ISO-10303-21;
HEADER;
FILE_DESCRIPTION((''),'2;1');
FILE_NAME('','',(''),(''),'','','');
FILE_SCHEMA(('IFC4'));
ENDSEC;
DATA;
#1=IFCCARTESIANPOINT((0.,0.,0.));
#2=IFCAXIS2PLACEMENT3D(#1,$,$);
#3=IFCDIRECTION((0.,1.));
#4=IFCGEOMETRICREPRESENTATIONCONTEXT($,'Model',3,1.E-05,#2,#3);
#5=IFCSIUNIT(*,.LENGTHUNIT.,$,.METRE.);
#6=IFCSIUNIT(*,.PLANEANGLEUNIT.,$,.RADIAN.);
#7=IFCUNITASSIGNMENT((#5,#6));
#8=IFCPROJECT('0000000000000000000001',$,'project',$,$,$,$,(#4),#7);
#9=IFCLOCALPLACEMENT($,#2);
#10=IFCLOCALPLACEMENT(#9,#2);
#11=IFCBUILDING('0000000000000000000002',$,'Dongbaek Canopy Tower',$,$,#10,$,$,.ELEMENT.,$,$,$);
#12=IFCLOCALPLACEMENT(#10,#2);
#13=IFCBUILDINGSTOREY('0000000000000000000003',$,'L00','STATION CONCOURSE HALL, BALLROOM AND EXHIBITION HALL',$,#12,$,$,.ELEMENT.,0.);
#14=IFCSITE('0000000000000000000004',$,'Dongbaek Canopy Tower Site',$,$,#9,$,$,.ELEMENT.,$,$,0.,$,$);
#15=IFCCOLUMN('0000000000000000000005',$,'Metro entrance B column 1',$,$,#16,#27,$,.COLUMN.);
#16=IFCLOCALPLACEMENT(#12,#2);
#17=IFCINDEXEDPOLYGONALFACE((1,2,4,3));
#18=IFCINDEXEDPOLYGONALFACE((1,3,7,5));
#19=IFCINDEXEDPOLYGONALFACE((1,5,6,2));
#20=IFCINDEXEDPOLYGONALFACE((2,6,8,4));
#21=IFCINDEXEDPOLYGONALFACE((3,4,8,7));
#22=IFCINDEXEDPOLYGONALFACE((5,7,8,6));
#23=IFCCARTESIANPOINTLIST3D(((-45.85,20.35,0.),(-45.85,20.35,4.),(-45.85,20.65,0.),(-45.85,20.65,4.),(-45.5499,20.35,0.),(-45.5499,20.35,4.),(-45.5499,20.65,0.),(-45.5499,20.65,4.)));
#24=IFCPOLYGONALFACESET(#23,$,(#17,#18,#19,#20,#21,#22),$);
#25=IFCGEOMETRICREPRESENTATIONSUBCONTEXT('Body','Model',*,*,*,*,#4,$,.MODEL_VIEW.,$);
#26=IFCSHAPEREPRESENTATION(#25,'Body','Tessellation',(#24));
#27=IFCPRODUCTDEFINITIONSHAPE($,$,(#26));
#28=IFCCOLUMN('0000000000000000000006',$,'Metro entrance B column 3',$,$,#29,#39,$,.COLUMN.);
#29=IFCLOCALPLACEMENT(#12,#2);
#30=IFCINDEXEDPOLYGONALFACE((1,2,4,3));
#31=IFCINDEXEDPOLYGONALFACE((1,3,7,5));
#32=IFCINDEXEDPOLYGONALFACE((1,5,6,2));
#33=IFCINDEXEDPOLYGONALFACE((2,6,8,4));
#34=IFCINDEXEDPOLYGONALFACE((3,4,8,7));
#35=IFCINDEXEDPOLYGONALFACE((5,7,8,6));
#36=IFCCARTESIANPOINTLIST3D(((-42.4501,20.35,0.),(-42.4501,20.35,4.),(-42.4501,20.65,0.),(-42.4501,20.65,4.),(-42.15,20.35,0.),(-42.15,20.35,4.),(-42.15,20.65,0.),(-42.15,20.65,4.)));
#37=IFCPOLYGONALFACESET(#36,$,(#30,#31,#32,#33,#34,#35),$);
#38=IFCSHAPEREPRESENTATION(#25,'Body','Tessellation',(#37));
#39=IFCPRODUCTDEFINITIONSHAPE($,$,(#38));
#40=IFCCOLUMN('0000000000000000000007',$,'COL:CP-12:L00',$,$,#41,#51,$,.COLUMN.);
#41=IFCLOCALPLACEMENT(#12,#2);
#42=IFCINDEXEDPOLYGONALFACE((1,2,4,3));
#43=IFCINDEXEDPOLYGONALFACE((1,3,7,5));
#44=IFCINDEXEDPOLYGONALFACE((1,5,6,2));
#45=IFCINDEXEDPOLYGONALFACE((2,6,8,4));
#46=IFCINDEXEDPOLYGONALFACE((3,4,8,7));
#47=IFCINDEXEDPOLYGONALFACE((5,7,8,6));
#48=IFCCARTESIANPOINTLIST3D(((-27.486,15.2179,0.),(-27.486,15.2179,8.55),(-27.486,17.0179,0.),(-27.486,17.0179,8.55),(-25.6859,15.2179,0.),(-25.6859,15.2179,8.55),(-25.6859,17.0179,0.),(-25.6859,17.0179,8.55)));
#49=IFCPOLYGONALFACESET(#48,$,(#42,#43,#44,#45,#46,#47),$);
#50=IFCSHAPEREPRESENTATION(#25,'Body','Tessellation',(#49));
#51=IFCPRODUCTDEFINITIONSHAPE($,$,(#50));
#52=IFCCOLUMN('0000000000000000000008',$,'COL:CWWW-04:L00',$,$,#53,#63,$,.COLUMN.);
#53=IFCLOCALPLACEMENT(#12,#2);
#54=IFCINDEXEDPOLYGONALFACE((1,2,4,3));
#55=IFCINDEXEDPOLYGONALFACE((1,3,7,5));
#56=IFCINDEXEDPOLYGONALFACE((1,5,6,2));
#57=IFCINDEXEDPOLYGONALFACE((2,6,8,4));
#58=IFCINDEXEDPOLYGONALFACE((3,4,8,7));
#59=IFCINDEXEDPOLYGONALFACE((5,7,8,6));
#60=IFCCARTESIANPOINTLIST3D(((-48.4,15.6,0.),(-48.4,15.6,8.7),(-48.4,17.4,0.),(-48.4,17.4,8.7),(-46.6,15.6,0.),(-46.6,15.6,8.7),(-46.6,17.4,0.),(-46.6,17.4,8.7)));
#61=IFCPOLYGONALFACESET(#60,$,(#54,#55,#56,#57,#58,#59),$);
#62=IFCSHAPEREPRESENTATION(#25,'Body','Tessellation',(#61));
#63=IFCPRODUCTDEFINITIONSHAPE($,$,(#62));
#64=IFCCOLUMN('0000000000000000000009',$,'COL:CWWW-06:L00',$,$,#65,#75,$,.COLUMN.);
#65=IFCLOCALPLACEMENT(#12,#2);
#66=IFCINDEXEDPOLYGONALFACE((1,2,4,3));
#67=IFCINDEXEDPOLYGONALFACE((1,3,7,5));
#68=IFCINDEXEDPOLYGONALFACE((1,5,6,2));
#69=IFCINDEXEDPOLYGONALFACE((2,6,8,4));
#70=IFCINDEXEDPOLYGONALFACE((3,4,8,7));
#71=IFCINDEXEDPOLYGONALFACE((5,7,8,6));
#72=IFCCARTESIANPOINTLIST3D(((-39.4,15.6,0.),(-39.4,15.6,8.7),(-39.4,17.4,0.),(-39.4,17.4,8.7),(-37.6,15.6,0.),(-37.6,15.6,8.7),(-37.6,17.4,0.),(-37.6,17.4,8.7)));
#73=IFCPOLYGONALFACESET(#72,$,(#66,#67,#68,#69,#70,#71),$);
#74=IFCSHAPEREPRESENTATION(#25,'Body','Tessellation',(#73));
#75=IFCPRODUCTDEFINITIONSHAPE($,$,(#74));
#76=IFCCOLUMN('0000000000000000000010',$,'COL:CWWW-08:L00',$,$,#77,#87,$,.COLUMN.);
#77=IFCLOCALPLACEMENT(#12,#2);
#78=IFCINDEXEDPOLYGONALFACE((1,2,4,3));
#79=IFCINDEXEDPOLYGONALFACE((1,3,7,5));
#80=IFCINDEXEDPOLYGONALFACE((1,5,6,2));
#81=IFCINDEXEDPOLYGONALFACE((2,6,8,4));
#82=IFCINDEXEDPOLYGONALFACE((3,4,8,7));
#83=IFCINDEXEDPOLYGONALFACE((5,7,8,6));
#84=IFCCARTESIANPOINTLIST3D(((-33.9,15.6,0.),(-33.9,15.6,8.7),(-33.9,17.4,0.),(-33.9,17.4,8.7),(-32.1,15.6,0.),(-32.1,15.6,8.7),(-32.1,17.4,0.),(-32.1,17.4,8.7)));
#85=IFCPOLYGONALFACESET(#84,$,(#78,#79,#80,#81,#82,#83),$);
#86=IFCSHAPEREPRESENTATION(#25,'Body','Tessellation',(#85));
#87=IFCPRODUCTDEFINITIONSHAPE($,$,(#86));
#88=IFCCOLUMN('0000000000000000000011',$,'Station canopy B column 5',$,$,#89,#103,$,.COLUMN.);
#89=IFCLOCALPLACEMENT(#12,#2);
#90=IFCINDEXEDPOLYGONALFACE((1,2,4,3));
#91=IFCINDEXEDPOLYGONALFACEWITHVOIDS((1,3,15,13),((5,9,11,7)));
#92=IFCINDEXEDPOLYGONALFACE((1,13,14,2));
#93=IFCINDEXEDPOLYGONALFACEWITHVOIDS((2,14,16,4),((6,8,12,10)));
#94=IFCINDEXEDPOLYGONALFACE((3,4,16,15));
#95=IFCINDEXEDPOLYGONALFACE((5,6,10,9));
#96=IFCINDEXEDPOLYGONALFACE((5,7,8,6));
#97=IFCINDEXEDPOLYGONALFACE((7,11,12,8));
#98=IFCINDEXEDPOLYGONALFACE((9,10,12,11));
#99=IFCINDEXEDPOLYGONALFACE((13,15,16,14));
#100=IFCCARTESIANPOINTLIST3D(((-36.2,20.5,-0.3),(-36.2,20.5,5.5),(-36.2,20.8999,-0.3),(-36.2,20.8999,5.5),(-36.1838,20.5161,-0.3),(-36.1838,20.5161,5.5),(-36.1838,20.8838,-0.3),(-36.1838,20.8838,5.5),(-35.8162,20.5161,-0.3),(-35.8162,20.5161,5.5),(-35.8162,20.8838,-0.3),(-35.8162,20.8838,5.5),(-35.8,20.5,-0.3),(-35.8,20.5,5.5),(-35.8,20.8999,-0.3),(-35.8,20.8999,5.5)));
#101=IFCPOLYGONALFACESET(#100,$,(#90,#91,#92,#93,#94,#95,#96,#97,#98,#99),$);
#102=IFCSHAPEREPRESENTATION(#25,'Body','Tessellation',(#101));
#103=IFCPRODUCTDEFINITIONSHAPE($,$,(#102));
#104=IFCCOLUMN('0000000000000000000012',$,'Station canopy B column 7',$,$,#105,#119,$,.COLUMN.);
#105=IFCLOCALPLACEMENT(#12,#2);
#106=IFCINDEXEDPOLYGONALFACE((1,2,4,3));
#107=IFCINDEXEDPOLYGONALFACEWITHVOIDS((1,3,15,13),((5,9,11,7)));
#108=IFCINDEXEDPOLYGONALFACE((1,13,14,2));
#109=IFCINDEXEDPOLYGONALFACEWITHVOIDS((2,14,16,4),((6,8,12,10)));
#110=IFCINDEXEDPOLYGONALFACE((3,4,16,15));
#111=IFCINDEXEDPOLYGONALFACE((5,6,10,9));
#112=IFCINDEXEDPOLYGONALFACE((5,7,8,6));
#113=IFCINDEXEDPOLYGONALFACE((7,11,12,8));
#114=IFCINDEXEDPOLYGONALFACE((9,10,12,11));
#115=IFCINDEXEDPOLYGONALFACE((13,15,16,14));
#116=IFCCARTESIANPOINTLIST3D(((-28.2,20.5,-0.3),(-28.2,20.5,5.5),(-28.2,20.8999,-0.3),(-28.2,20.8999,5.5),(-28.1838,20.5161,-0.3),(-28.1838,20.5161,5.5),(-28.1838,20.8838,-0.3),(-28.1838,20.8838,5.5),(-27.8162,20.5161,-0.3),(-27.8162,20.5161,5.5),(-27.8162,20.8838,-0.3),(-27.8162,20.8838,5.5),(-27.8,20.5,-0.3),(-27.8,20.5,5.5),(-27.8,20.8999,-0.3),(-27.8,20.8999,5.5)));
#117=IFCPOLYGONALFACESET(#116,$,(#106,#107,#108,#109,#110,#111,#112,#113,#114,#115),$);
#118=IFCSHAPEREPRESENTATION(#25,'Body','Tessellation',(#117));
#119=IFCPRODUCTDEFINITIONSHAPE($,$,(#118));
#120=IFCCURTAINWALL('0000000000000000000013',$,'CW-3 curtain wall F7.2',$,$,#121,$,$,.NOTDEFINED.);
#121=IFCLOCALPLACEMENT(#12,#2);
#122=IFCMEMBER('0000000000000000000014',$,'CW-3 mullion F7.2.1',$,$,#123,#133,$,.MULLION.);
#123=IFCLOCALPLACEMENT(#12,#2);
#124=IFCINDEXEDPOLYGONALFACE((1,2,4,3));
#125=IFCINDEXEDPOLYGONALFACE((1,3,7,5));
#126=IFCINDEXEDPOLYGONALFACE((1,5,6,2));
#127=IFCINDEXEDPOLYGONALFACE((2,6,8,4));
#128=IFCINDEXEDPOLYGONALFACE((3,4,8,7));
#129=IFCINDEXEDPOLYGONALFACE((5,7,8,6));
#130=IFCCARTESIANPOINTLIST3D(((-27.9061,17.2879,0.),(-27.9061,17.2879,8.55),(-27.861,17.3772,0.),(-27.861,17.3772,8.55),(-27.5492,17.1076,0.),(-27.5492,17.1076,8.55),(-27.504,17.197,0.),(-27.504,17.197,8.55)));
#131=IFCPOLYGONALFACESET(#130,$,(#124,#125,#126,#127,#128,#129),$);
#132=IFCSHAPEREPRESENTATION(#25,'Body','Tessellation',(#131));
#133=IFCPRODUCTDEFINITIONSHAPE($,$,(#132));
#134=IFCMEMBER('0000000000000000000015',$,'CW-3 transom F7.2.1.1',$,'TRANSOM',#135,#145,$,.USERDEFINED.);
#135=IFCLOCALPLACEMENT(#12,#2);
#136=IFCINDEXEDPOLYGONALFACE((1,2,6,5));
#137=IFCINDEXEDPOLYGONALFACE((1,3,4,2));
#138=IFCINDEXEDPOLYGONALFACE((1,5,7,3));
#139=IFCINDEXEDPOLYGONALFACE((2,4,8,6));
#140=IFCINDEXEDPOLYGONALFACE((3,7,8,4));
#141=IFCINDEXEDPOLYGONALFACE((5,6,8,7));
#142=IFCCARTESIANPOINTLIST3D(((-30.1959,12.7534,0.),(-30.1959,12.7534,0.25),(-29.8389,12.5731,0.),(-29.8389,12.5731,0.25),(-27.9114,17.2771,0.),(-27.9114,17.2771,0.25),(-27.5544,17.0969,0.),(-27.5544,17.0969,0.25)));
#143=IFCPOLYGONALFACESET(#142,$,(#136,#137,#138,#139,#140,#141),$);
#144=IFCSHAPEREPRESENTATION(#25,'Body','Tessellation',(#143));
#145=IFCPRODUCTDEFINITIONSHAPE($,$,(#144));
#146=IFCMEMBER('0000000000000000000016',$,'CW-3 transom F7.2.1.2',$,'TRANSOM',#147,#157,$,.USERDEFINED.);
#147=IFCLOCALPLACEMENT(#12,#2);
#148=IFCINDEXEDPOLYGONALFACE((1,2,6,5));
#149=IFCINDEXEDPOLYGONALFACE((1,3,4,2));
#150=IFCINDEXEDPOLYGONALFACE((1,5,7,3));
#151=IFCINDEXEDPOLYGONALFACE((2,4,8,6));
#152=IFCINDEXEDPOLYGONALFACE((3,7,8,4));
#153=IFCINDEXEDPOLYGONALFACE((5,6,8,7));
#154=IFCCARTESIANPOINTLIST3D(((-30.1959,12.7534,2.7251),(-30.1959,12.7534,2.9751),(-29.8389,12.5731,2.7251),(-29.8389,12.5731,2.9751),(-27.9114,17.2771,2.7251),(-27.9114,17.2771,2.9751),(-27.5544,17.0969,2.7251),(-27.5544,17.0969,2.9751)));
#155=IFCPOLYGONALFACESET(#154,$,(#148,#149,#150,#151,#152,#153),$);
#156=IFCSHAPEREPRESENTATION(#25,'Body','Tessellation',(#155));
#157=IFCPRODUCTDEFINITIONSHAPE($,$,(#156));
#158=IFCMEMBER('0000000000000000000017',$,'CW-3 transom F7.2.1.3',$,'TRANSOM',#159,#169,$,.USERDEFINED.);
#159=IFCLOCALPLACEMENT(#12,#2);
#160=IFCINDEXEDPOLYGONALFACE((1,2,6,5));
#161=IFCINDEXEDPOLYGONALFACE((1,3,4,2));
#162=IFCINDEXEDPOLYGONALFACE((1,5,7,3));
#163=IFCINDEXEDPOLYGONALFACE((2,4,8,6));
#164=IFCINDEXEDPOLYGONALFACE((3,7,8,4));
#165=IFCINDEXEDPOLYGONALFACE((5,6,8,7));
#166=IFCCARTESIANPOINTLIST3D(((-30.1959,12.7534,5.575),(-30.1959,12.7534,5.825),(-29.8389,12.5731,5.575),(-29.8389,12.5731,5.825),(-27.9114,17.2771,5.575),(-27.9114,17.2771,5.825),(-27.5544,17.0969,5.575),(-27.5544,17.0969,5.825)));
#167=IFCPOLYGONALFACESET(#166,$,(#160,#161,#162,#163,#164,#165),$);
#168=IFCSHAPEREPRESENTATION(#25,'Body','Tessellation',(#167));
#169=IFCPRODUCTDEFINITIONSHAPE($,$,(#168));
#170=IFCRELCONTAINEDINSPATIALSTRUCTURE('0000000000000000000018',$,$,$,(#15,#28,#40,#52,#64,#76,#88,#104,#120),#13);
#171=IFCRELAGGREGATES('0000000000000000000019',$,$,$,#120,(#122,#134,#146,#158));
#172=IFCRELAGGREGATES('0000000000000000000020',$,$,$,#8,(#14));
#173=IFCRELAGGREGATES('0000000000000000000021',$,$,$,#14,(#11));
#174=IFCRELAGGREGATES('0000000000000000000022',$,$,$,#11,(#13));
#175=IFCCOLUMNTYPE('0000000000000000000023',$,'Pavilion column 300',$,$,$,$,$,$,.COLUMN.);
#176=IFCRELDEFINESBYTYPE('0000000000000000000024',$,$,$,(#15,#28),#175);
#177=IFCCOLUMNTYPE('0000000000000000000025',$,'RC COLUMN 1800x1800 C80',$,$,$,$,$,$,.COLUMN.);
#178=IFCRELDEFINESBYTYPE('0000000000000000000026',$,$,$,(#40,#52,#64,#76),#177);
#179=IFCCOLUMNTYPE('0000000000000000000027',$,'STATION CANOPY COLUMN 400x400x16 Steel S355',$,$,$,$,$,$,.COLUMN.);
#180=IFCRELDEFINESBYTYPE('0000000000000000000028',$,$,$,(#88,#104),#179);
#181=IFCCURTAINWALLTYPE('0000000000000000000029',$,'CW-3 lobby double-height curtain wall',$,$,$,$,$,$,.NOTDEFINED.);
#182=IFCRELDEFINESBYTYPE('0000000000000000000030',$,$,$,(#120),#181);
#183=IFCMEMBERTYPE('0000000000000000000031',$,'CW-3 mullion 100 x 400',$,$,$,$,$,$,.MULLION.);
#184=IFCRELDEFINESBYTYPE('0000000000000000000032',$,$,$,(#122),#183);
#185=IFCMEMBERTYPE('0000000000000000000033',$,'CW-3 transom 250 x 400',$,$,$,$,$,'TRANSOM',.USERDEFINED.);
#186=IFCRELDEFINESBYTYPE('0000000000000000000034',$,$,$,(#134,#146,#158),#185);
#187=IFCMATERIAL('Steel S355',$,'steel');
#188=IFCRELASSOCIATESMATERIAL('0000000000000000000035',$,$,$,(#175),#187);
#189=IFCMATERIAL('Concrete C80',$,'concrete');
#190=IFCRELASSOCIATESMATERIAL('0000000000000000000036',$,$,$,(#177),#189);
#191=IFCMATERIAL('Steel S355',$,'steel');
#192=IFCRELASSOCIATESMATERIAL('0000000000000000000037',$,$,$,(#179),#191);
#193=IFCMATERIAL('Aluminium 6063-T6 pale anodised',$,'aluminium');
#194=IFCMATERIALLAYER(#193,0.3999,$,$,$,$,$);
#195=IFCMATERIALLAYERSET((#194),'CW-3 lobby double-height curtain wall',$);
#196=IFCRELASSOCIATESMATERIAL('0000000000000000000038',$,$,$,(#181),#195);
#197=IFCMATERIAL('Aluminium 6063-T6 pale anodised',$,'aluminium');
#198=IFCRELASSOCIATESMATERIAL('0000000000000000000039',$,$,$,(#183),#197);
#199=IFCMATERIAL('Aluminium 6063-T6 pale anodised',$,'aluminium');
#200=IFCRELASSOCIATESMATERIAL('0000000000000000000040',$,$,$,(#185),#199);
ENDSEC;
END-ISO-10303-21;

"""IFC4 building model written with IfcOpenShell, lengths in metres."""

from ifc_helpers import new_model, si_unit, direction, frame, origin, origin_2d, place, context, subcontext, project, spatial, rectangle, hollow_rectangle, extrude, material, layer, layer_set, material_profile, profile_set, type_object, element, aggregate, save


model = new_model("IFC4")

# Units and contexts
model_context = context("Model", 3, precision=1e-05, world=origin(), true_north=direction((0.0, 1.0)))
body_context = subcontext(model_context, "Body", "Model", "MODEL_VIEW")
ifc_project = project(units=[si_unit("LENGTHUNIT", "METRE"), si_unit("PLANEANGLEUNIT", "RADIAN")], contexts=[model_context])

# Site, building, storey
site_placement = place(None, origin())
site = spatial("IfcSite", under=ifc_project, at=site_placement, Name="Dongbaek Canopy Tower Site", CompositionType="ELEMENT", RefElevation=0.0)
building_placement = place(site_placement, origin())
building = spatial("IfcBuilding", under=site, at=building_placement, Name="Dongbaek Canopy Tower", CompositionType="ELEMENT")
storey_placement = place(building_placement, origin())
storey = spatial("IfcBuildingStorey", under=building, at=storey_placement, Name="L00", Description="STATION CONCOURSE HALL, BALLROOM AND EXHIBITION HALL", CompositionType="ELEMENT", Elevation=0.0)

# Columns
ifc_material_1 = material(Name="Steel S355", Category="steel")
ifc_material_profile_1 = material_profile(ifc_material_1, rectangle(XDim=0.3, YDim=0.3, at=origin_2d()), Name="Pavilion column 300")
ifc_profile_set_1 = profile_set([ifc_material_profile_1], Name="Steel S355")
column_type_1 = type_object("IfcColumnType", Name="Pavilion column 300", PredefinedType="COLUMN", material=ifc_profile_set_1)
for number, where, z_axis, x_axis, name in (
    (1, (-45.7, 20.5, 0.0), (0.0, 0.0, 1.0), (1.0, 0.0, 0.0), "Metro entrance B column 1"),
    (2, (-42.3, 20.5, 0.0), (0.0, 0.0, 1.0), (1.0, 0.0, 0.0), "Metro entrance B column 3"),
):
    element("IfcColumn", number, at=place(storey_placement, frame(where, z_axis=z_axis, x_axis=x_axis)), inside=storey, type_object=column_type_1, Name=name, PredefinedType="COLUMN", context=body_context, shape_type="SweptSolid", body=[
        extrude(rectangle(XDim=0.3, YDim=0.3, at=origin_2d()), origin(), (0.0, 0.0, 1.0), 4.0),
    ])
ifc_material_2 = material(Name="Concrete C80", Category="concrete")
ifc_material_profile_2 = material_profile(ifc_material_2, rectangle(XDim=1.8, YDim=1.8, at=origin_2d()), Name="RC COLUMN 1800x1800 C80")
ifc_profile_set_2 = profile_set([ifc_material_profile_2], Name="Concrete C80")
column_type_2 = type_object("IfcColumnType", Name="RC COLUMN 1800x1800 C80", PredefinedType="COLUMN", material=ifc_profile_set_2)
column_placement = place(storey_placement, frame((-26.5859, 16.1179, 0.0), z_axis=(0.0, 0.0, 1.0), x_axis=(1.0, 0.0, 0.0)))
element("IfcColumn", 3, at=column_placement, inside=storey, type_object=column_type_2, Name="COL:CP-12:L00", PredefinedType="COLUMN", context=body_context, shape_type="SweptSolid", body=[
    extrude(rectangle(XDim=1.8, YDim=1.8, at=origin_2d()), origin(), (0.0, 0.0, 1.0), 8.55),
])
for number, where, z_axis, x_axis, name in (
    (4, (-47.5, 16.5, 0.0), (0.0, 0.0, 1.0), (1.0, 0.0, 0.0), "COL:CWWW-04:L00"),
    (5, (-38.5, 16.5, 0.0), (0.0, 0.0, 1.0), (1.0, 0.0, 0.0), "COL:CWWW-06:L00"),
    (6, (-33.0, 16.5, 0.0), (0.0, 0.0, 1.0), (1.0, 0.0, 0.0), "COL:CWWW-08:L00"),
):
    element("IfcColumn", number, at=place(storey_placement, frame(where, z_axis=z_axis, x_axis=x_axis)), inside=storey, type_object=column_type_2, Name=name, PredefinedType="COLUMN", context=body_context, shape_type="SweptSolid", body=[
        extrude(rectangle(XDim=1.8, YDim=1.8, at=origin_2d()), origin(), (0.0, 0.0, 1.0), 8.7),
    ])
ifc_material_3 = material(Name="Steel S355", Category="steel")
ifc_material_profile_3 = material_profile(ifc_material_3, hollow_rectangle(XDim=0.3999, YDim=0.3999, WallThickness=0.0161, at=origin_2d()), Name="STATION CANOPY COLUMN 400x400x16 Steel S355")
ifc_profile_set_3 = profile_set([ifc_material_profile_3], Name="Steel S355")
column_type_3 = type_object("IfcColumnType", Name="STATION CANOPY COLUMN 400x400x16 Steel S355", PredefinedType="COLUMN", material=ifc_profile_set_3)
for number, where, z_axis, x_axis, name in (
    (7, (-36.0, 20.7, -0.3), (0.0, 0.0, 1.0), (1.0, 0.0, 0.0), "Station canopy B column 5"),
    (8, (-28.0, 20.7, -0.3), (0.0, 0.0, 1.0), (1.0, 0.0, 0.0), "Station canopy B column 7"),
):
    element("IfcColumn", number, at=place(storey_placement, frame(where, z_axis=z_axis, x_axis=x_axis)), inside=storey, type_object=column_type_3, Name=name, PredefinedType="COLUMN", context=body_context, shape_type="SweptSolid", body=[
        extrude(hollow_rectangle(XDim=0.3999, YDim=0.3999, WallThickness=0.0161, at=origin_2d()), origin(), (0.0, 0.0, 1.0), 5.8),
    ])

# Curtain wall, members
ifc_material_4 = material(Name="Aluminium 6063-T6 pale anodised", Category="aluminium")
ifc_layer_1 = layer(ifc_material_4, 0.3999)
ifc_layer_set_1 = layer_set([ifc_layer_1], Name="CW-3 lobby double-height curtain wall")
curtain_wall_type = type_object("IfcCurtainWallType", Name="CW-3 lobby double-height curtain wall", PredefinedType="NOTDEFINED", material=ifc_layer_set_1)
curtain_wall_placement = place(storey_placement, origin())
curtain_wall = element("IfcCurtainWall", 9, at=curtain_wall_placement, inside=storey, type_object=curtain_wall_type, Name="CW-3 curtain wall F7.2", PredefinedType="NOTDEFINED")
ifc_material_5 = material(Name="Aluminium 6063-T6 pale anodised", Category="aluminium")
ifc_material_profile_4 = material_profile(ifc_material_5, rectangle(XDim=0.3999, YDim=0.1001, at=origin_2d()), Name="CW-3 mullion 100 x 400")
ifc_profile_set_4 = profile_set([ifc_material_profile_4], Name="Aluminium 6063-T6 pale anodised")
member_type_1 = type_object("IfcMemberType", Name="CW-3 mullion 100 x 400", PredefinedType="MULLION", material=ifc_profile_set_4)
member_1_placement = place(storey_placement, frame((-27.7051, 17.2424, 0.0), z_axis=(0.0, 0.0, 1.0), x_axis=(-0.89264, 0.450769, 0.0)))
member_1 = element("IfcMember", 10, at=member_1_placement, type_object=member_type_1, Name="CW-3 mullion F7.2.1", PredefinedType="MULLION", context=body_context, shape_type="SweptSolid", body=[
    extrude(rectangle(XDim=0.3999, YDim=0.1001, at=origin_2d()), origin(), (0.0, 0.0, 1.0), 8.55),
])
ifc_material_6 = material(Name="Aluminium 6063-T6 pale anodised", Category="aluminium")
ifc_material_profile_5 = material_profile(ifc_material_6, rectangle(XDim=0.3999, YDim=0.25, at=origin_2d()), Name="CW-3 transom 250 x 400")
ifc_profile_set_5 = profile_set([ifc_material_profile_5], Name="Aluminium 6063-T6 pale anodised")
member_type_2 = type_object("IfcMemberType", Name="CW-3 transom 250 x 400", ElementType="TRANSOM", PredefinedType="USERDEFINED", material=ifc_profile_set_5)
member_2_placement = place(storey_placement, frame((-27.7329, 17.187, 0.125), z_axis=(-0.450775, -0.892638, 0.0), x_axis=(0.892638, -0.450775, 0.0)))
member_2 = element("IfcMember", 11, at=member_2_placement, type_object=member_type_2, Name="CW-3 transom F7.2.1.1", ObjectType="TRANSOM", PredefinedType="USERDEFINED", context=body_context, shape_type="SweptSolid", body=[
    extrude(rectangle(XDim=0.3999, YDim=0.25, at=origin_2d()), origin(), (0.0, 0.0, 1.0), 5.0679),
])
member_3_placement = place(storey_placement, frame((-27.7329, 17.187, 2.8501), z_axis=(-0.450775, -0.892638, 0.0), x_axis=(0.892638, -0.450775, 0.0)))
member_3 = element("IfcMember", 12, at=member_3_placement, type_object=member_type_2, Name="CW-3 transom F7.2.1.2", ObjectType="TRANSOM", PredefinedType="USERDEFINED", context=body_context, shape_type="SweptSolid", body=[
    extrude(rectangle(XDim=0.3999, YDim=0.25, at=origin_2d()), origin(), (0.0, 0.0, 1.0), 5.0679),
])
member_4_placement = place(storey_placement, frame((-27.7329, 17.187, 5.7), z_axis=(-0.450775, -0.892638, 0.0), x_axis=(0.892638, -0.450775, 0.0)))
member_4 = element("IfcMember", 13, at=member_4_placement, type_object=member_type_2, Name="CW-3 transom F7.2.1.3", ObjectType="TRANSOM", PredefinedType="USERDEFINED", context=body_context, shape_type="SweptSolid", body=[
    extrude(rectangle(XDim=0.3999, YDim=0.25, at=origin_2d()), origin(), (0.0, 0.0, 1.0), 5.0679),
])
aggregate(curtain_wall, [member_1, member_2, member_3, member_4])

save(model, "model.ifc")
